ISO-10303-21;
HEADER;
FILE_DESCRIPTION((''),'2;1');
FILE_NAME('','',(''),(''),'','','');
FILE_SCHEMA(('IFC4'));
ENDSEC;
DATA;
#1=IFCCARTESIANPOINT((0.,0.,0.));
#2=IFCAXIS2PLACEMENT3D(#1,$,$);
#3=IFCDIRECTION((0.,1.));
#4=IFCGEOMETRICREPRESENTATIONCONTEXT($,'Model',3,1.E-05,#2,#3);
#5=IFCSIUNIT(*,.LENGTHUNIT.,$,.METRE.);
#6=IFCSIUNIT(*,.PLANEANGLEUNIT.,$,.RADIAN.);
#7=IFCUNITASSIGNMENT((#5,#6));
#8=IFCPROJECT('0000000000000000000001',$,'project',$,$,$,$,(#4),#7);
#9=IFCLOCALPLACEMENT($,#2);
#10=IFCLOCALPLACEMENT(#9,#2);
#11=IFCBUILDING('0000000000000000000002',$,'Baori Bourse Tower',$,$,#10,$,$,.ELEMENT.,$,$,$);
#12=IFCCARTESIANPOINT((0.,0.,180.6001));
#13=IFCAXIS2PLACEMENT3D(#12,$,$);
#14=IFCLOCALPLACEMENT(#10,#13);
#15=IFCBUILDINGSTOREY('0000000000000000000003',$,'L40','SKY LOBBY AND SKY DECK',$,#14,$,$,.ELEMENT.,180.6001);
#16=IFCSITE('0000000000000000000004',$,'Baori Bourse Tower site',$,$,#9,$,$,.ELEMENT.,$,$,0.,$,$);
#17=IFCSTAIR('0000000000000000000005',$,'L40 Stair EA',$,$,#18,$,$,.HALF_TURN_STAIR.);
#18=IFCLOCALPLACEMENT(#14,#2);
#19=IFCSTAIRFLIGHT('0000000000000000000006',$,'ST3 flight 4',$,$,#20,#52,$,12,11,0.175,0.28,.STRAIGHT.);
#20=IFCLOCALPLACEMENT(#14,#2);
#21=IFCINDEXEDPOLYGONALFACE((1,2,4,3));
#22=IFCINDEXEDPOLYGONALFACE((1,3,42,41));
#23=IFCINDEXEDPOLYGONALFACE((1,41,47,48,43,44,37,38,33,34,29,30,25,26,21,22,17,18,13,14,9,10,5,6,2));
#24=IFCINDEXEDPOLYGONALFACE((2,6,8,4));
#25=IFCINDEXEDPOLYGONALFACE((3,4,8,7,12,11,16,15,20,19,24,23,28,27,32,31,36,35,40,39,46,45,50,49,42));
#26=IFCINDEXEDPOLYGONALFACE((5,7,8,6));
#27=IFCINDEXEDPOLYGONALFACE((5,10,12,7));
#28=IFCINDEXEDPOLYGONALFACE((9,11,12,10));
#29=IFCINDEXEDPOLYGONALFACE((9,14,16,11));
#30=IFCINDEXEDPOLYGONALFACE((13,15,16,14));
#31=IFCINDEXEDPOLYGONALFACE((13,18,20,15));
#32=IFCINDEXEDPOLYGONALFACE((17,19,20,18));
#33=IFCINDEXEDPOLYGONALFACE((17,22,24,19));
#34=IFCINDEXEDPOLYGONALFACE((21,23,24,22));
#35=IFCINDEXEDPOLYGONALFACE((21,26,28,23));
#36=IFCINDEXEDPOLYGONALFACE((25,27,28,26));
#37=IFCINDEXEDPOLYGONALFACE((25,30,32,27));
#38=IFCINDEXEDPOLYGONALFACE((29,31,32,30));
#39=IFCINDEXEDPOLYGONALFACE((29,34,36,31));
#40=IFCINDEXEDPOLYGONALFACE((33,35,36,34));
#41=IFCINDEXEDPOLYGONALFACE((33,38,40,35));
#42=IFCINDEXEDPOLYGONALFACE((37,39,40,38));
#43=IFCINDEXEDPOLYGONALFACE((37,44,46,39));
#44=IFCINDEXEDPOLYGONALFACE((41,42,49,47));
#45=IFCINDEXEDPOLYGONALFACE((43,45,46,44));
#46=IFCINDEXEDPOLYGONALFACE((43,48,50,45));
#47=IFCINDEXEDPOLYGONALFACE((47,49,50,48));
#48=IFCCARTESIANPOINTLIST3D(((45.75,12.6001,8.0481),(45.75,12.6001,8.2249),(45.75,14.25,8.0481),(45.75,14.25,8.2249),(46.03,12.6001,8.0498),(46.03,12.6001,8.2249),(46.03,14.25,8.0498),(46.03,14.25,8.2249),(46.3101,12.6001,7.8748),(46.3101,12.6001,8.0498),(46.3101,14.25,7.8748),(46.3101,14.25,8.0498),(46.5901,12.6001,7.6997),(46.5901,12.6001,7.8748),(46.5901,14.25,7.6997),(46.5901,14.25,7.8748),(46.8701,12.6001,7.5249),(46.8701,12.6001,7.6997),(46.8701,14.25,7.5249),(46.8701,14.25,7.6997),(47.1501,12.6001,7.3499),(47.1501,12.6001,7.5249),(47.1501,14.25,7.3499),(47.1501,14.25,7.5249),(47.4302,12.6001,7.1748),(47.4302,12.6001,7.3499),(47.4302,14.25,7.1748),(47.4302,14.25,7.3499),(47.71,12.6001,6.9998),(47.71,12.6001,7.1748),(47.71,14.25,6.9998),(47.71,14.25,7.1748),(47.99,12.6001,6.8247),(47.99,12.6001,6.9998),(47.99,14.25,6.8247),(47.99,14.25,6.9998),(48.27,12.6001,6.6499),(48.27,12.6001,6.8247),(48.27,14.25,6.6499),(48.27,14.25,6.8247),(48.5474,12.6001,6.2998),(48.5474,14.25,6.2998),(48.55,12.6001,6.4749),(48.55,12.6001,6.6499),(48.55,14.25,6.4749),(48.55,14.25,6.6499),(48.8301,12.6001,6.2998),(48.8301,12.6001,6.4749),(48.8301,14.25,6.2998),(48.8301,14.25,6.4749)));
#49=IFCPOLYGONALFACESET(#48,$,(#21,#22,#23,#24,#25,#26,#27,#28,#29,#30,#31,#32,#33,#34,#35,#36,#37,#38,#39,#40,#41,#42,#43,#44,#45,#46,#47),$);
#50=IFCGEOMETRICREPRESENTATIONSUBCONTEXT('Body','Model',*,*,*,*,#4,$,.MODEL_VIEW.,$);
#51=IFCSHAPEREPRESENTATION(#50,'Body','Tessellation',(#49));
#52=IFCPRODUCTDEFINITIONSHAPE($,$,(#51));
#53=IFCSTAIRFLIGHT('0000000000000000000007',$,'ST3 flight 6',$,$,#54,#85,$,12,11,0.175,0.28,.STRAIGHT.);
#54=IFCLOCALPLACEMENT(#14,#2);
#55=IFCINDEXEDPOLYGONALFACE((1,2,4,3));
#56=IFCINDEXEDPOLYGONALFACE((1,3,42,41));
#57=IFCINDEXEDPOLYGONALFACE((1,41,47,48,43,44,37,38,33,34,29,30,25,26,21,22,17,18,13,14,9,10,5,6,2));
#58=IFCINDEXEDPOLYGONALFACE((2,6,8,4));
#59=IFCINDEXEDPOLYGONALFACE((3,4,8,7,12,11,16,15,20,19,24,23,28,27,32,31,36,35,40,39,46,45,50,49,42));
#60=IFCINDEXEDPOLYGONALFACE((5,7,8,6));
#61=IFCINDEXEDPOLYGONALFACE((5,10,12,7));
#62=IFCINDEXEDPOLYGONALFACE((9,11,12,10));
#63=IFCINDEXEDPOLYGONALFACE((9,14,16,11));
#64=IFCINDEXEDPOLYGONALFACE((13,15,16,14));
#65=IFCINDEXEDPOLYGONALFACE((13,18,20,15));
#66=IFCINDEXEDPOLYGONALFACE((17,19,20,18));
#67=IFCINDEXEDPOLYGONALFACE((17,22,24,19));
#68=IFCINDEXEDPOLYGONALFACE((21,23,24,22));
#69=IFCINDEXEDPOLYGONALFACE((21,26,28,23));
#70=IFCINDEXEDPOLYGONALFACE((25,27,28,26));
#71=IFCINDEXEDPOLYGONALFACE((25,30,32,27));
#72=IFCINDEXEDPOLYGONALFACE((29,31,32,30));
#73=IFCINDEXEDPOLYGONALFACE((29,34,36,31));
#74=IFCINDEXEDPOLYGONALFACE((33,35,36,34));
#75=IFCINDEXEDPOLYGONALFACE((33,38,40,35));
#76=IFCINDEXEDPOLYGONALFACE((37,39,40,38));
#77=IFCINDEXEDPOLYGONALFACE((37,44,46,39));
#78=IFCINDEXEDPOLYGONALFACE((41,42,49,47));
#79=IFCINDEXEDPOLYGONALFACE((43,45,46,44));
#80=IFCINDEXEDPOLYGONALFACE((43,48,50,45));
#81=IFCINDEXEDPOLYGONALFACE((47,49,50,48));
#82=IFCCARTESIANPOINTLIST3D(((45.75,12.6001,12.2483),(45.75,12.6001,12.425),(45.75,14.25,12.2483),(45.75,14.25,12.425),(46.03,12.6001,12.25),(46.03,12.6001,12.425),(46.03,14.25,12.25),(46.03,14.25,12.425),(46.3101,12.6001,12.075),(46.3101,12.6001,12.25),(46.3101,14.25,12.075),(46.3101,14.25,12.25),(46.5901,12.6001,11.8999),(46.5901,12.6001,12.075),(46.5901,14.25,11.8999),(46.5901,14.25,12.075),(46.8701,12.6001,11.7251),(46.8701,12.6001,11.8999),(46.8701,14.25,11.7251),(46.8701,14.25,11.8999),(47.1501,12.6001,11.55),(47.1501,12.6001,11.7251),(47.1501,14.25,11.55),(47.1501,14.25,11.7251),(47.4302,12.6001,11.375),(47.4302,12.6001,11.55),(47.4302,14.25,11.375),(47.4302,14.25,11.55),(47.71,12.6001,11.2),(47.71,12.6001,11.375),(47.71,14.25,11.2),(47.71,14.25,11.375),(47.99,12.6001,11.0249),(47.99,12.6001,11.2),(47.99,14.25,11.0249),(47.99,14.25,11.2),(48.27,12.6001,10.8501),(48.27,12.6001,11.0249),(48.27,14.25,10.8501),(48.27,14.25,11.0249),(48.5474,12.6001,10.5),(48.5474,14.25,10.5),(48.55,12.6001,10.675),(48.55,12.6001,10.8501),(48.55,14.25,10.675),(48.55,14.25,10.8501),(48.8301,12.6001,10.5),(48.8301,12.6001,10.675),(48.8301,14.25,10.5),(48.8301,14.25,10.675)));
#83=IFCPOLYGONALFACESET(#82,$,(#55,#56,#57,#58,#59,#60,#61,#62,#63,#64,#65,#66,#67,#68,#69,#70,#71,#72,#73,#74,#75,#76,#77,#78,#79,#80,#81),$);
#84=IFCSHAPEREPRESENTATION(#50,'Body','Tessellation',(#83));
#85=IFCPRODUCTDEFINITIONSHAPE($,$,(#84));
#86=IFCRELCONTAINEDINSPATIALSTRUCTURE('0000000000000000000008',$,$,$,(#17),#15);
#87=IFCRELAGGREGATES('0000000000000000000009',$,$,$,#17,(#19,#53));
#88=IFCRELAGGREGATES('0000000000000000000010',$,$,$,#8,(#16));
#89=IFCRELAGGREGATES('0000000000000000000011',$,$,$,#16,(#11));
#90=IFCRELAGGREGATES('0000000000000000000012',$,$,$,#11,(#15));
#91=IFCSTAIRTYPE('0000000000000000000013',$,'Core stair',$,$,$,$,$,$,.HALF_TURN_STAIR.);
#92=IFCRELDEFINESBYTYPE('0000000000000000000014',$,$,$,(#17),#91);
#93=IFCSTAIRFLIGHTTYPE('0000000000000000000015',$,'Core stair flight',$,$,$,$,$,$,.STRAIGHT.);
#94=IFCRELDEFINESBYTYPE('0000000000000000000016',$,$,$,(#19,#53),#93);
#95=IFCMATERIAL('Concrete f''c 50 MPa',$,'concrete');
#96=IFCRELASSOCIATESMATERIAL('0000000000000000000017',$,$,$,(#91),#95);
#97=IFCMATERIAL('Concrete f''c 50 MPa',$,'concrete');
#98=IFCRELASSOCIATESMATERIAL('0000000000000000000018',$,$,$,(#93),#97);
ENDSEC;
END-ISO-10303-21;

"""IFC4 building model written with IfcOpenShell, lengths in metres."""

from ifc_helpers import new_model, si_unit, direction, frame, origin, place, context, subcontext, project, spatial, polyline, outline, extrude, material, type_object, element, aggregate, save


model = new_model("IFC4")

# Units and contexts
model_context = context("Model", 3, precision=1e-05, world=origin(), true_north=direction((0.0, 1.0)))
body_context = subcontext(model_context, "Body", "Model", "MODEL_VIEW")
ifc_project = project(units=[si_unit("LENGTHUNIT", "METRE"), si_unit("PLANEANGLEUNIT", "RADIAN")], contexts=[model_context])

# Site, building, storey
site_placement = place(None, origin())
site = spatial("IfcSite", under=ifc_project, at=site_placement, Name="Baori Bourse Tower site", CompositionType="ELEMENT", RefElevation=0.0)
building_placement = place(site_placement, origin())
building = spatial("IfcBuilding", under=site, at=building_placement, Name="Baori Bourse Tower", CompositionType="ELEMENT")
storey_placement = place(building_placement, frame((0.0, 0.0, 180.6001)))
storey = spatial("IfcBuildingStorey", under=building, at=storey_placement, Name="L40", Description="SKY LOBBY AND SKY DECK", CompositionType="ELEMENT", Elevation=180.6001)

# Stair, stair flights
ifc_material_1 = material(Name="Concrete f'c 50 MPa", Category="concrete")
stair_type = type_object("IfcStairType", Name="Core stair", PredefinedType="HALF_TURN_STAIR", material=ifc_material_1)
stair_placement = place(storey_placement, origin())
stair = element("IfcStair", 1, at=stair_placement, inside=storey, type_object=stair_type, Name="L40 Stair EA", PredefinedType="HALF_TURN_STAIR")
ifc_material_2 = material(Name="Concrete f'c 50 MPa", Category="concrete")
stair_flight_type = type_object("IfcStairFlightType", Name="Core stair flight", PredefinedType="STRAIGHT", material=ifc_material_2)
stair_flight_1_placement = place(storey_placement, frame((48.8301, 13.425, 6.2998), z_axis=(0.0, 0.0, 1.0), x_axis=(-1.0, 0.0, 0.0)))
stair_flight_1 = element("IfcStairFlight", 2, at=stair_flight_1_placement, type_object=stair_flight_type, Name="ST3 flight 4", NumberOfRisers=12, NumberOfTreads=11, PredefinedType="STRAIGHT", RiserHeight=0.175, TreadLength=0.28, context=body_context, shape_type="SweptSolid", body=[
    extrude(outline(polyline([(0.0, 0.0), (0.0, 0.175), (0.28, 0.175), (0.28, 0.3501), (0.5601, 0.3501), (0.5601, 0.5249), (0.8401, 0.5249), (0.8401, 0.7), (1.1201, 0.7), (1.1201, 0.875), (1.3999, 0.875), (1.3999, 1.05), (1.6799, 1.05), (1.6799, 1.2251), (1.96, 1.2251), (1.96, 1.3999), (2.24, 1.3999), (2.24, 1.575), (2.52, 1.575), (2.52, 1.75), (2.8, 1.75), (2.8, 1.925), (3.0801, 1.925), (3.0801, 2.1001), (3.0801, 1.7483), (0.2827, 0.0), (0.0, 0.0)])), frame((0.0, 0.825, 0.0), z_axis=(0.0, -1.0, 0.0), x_axis=(1.0, 0.0, 0.0)), (0.0, 0.0, 1.0), 1.6499),
])
stair_flight_2_placement = place(storey_placement, frame((48.8301, 13.425, 10.5), z_axis=(0.0, 0.0, 1.0), x_axis=(-1.0, 0.0, 0.0)))
stair_flight_2 = element("IfcStairFlight", 3, at=stair_flight_2_placement, type_object=stair_flight_type, Name="ST3 flight 6", NumberOfRisers=12, NumberOfTreads=11, PredefinedType="STRAIGHT", RiserHeight=0.175, TreadLength=0.28, context=body_context, shape_type="SweptSolid", body=[
    extrude(outline(polyline([(0.0, 0.0), (0.0, 0.175), (0.28, 0.175), (0.28, 0.3501), (0.5601, 0.3501), (0.5601, 0.5249), (0.8401, 0.5249), (0.8401, 0.7), (1.1201, 0.7), (1.1201, 0.875), (1.3999, 0.875), (1.3999, 1.05), (1.6799, 1.05), (1.6799, 1.2251), (1.96, 1.2251), (1.96, 1.3999), (2.24, 1.3999), (2.24, 1.575), (2.52, 1.575), (2.52, 1.75), (2.8, 1.75), (2.8, 1.925), (3.0801, 1.925), (3.0801, 2.1001), (3.0801, 1.7483), (0.2827, 0.0), (0.0, 0.0)])), frame((0.0, 0.825, 0.0), z_axis=(0.0, -1.0, 0.0), x_axis=(1.0, 0.0, 0.0)), (0.0, 0.0, 1.0), 1.6499),
])
aggregate(stair, [stair_flight_1, stair_flight_2])

save(model, "model.ifc")
